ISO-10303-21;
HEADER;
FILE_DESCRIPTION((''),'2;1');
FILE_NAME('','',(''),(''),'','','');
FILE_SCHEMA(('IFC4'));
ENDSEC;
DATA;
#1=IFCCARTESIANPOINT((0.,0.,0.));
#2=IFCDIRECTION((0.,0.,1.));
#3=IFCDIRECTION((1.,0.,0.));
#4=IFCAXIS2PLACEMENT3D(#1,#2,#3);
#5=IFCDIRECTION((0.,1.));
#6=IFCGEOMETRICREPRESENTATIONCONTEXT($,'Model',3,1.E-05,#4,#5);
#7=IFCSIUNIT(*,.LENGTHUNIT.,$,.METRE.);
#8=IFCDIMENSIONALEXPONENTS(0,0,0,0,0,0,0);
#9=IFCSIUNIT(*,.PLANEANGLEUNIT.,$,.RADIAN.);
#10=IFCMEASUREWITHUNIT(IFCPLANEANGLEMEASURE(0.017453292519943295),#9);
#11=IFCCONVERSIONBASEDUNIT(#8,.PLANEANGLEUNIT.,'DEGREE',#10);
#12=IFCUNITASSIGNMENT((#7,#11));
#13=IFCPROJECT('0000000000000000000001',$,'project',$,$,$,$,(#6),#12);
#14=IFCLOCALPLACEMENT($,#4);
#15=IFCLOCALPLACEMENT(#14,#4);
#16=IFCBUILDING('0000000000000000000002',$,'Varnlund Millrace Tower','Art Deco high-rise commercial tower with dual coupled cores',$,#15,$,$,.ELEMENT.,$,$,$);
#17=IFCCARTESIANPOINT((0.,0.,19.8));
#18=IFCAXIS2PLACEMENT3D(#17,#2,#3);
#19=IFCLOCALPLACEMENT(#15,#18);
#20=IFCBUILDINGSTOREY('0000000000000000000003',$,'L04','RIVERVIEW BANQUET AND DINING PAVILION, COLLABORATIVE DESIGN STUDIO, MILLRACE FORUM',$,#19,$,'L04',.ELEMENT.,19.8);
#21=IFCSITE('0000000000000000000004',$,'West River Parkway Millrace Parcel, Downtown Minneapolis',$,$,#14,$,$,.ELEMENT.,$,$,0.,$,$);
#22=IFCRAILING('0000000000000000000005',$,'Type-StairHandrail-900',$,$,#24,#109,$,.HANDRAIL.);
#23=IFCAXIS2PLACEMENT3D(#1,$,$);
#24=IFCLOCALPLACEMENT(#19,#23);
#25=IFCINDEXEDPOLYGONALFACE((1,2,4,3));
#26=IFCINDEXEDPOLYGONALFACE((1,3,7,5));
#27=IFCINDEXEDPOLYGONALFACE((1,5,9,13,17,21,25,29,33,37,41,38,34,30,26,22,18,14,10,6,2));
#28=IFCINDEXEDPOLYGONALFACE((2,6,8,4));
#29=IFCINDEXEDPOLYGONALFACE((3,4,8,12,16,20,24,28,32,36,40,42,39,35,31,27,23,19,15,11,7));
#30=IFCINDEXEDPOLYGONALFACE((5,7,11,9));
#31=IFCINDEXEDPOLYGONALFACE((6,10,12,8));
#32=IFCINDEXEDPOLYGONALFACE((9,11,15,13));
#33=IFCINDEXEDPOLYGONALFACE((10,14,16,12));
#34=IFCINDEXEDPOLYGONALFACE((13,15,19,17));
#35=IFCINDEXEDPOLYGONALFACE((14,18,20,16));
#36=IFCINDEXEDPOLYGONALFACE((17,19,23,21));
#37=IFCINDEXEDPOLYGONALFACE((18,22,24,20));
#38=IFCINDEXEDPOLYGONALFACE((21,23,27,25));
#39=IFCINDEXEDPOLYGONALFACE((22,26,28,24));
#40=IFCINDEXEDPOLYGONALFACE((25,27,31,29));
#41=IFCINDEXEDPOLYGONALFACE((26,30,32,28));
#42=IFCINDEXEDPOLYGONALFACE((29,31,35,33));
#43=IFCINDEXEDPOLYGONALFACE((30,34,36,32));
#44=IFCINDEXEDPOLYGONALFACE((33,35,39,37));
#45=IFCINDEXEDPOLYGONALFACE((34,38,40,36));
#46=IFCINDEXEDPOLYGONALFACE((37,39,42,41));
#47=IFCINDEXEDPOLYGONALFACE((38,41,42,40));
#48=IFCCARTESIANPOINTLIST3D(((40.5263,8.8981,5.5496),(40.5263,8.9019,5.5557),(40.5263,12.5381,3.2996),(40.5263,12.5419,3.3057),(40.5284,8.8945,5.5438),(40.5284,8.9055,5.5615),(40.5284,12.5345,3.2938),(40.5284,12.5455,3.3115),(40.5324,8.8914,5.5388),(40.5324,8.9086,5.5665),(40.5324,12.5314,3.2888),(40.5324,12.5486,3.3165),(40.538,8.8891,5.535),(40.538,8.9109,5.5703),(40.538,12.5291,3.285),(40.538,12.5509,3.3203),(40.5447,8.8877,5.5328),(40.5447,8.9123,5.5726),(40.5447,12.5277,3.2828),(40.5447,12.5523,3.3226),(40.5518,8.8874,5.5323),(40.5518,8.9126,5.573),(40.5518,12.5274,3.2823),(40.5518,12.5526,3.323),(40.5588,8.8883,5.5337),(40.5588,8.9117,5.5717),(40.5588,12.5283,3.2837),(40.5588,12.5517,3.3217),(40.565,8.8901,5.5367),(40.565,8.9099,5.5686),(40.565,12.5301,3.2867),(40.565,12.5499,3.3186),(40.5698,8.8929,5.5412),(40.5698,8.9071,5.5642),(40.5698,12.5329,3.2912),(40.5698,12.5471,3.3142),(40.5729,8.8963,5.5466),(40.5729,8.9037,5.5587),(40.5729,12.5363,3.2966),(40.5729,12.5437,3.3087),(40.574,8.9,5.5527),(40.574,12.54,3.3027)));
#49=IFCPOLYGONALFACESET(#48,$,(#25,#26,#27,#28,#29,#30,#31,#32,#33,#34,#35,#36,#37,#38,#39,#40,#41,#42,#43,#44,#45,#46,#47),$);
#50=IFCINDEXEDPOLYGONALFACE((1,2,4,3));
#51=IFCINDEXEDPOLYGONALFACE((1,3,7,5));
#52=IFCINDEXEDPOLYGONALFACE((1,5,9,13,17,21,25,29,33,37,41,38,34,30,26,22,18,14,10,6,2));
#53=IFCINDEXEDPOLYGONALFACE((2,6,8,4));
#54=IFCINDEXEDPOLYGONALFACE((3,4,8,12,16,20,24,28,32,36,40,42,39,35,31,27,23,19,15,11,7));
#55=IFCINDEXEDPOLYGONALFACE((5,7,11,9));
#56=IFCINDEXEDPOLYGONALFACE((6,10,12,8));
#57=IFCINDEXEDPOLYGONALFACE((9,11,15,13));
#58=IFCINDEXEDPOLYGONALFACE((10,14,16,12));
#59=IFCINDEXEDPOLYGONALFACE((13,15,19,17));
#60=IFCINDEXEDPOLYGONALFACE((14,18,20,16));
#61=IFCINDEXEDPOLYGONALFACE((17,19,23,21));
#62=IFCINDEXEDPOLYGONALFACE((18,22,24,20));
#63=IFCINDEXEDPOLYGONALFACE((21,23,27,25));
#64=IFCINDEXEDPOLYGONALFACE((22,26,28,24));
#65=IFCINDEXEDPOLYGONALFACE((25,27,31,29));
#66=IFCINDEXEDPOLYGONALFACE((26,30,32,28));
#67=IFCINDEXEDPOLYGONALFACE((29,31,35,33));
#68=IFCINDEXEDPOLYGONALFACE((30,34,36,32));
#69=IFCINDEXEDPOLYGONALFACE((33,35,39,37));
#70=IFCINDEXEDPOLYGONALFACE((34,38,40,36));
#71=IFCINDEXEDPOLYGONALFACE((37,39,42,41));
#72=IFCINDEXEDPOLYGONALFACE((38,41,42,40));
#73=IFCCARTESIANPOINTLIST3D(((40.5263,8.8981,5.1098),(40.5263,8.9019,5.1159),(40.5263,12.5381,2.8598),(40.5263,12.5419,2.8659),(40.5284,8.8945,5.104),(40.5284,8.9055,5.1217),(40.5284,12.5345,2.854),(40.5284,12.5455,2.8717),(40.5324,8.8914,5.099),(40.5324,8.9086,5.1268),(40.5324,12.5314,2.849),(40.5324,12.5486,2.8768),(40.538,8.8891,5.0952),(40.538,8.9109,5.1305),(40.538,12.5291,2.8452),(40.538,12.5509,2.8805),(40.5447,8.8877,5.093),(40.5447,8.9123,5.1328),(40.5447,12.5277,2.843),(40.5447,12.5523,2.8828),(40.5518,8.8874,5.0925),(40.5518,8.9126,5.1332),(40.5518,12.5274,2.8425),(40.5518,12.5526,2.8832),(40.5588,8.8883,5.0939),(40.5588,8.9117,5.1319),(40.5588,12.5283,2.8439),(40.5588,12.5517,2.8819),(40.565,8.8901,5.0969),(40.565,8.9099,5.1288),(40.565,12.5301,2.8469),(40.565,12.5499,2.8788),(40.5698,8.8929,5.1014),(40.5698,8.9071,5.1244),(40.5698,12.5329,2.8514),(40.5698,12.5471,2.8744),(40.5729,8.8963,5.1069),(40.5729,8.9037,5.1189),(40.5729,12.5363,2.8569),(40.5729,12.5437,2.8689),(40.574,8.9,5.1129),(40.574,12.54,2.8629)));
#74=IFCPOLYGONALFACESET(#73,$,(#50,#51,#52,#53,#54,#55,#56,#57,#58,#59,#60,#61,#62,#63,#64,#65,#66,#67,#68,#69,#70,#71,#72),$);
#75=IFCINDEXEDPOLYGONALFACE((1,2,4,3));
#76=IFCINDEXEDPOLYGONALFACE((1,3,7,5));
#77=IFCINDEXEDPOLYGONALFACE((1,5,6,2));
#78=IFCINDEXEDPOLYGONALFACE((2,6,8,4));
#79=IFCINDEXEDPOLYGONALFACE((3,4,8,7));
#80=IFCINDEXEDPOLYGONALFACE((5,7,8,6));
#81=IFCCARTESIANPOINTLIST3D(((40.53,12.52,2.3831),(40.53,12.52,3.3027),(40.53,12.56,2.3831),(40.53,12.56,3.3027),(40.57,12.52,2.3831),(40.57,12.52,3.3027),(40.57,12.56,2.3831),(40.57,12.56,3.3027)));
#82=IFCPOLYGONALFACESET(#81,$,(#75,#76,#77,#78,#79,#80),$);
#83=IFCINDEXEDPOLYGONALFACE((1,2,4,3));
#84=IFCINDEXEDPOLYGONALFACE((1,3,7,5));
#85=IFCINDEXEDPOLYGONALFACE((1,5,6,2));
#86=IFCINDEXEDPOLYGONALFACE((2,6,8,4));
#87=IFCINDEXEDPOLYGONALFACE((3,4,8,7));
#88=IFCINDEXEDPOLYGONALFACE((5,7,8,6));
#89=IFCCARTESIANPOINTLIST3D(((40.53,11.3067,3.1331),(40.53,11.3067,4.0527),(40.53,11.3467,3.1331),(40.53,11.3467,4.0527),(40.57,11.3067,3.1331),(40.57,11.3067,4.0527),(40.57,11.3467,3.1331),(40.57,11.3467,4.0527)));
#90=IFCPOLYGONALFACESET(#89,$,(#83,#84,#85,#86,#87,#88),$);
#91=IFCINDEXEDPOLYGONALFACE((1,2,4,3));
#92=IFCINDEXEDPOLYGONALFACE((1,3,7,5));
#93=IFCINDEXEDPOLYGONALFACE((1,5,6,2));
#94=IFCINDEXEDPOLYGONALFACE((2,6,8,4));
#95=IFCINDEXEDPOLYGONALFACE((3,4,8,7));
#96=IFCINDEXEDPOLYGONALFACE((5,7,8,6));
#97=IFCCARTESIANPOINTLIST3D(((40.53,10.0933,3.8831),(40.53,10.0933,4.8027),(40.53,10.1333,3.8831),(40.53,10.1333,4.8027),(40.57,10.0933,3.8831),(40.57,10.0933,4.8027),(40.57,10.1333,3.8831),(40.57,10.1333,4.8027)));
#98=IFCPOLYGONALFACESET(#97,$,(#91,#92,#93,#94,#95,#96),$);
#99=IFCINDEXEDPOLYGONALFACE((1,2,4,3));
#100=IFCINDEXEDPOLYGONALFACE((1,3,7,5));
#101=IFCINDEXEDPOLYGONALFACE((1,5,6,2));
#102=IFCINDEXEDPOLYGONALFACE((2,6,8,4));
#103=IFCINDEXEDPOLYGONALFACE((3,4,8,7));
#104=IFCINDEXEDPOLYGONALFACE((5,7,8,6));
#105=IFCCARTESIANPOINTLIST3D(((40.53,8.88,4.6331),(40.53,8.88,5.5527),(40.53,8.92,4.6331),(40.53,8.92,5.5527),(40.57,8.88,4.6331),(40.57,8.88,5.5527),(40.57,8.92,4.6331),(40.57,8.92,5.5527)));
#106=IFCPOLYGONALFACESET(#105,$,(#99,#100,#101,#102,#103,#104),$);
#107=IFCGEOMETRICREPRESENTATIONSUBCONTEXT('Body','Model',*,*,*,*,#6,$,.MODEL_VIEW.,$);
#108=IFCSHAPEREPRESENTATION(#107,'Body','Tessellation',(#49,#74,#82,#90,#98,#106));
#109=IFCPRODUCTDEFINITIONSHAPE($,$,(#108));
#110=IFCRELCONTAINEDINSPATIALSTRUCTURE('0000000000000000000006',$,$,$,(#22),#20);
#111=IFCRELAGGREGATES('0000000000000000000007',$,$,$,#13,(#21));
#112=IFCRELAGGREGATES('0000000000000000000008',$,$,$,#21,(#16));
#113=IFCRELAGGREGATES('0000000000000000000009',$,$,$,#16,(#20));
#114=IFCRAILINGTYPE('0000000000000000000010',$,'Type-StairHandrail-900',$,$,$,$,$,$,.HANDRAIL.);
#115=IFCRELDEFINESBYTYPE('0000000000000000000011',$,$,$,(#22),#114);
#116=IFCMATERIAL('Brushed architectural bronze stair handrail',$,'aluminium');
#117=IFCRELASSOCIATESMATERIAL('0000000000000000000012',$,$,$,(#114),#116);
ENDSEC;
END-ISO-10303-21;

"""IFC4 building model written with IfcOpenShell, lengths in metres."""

from ifc_helpers import new_model, entity, si_unit, converted_unit, direction, frame, origin_with_axes, origin_2d_with_axis, place, context, subcontext, project, spatial, rectangle, circle, extrude, material, type_object, element, save


model = new_model("IFC4")

# Units and contexts
model_context = context("Model", 3, precision=1e-05, world=origin_with_axes(), true_north=direction((0.0, 1.0)))
body_context = subcontext(model_context, "Body", "Model", "MODEL_VIEW")
ifc_project = project(units=[si_unit("LENGTHUNIT", "METRE"), converted_unit("PLANEANGLEUNIT", "DEGREE", entity("IfcPlaneAngleMeasure", 0.017453292519943295), si_unit("PLANEANGLEUNIT", "RADIAN"), dimensions=[0, 0, 0, 0, 0, 0, 0])], contexts=[model_context])

# Site, building, storey
site_placement = place(None, origin_with_axes())
site = spatial("IfcSite", under=ifc_project, at=site_placement, Name="West River Parkway Millrace Parcel, Downtown Minneapolis", CompositionType="ELEMENT", RefElevation=0.0)
building_placement = place(site_placement, origin_with_axes())
building = spatial("IfcBuilding", under=site, at=building_placement, Name="Varnlund Millrace Tower", Description="Art Deco high-rise commercial tower with dual coupled cores", CompositionType="ELEMENT")
storey_placement = place(building_placement, frame((0.0, 0.0, 19.8), z_axis=(0.0, 0.0, 1.0), x_axis=(1.0, 0.0, 0.0)))
storey = spatial("IfcBuildingStorey", under=building, at=storey_placement, Name="L04", Description="RIVERVIEW BANQUET AND DINING PAVILION, COLLABORATIVE DESIGN STUDIO, MILLRACE FORUM", LongName="L04", CompositionType="ELEMENT", Elevation=19.8)

# Railing
ifc_material_1 = material(Name="Brushed architectural bronze stair handrail", Category="aluminium")
railing_type_1 = type_object("IfcRailingType", Name="Type-StairHandrail-900", PredefinedType="HANDRAIL", material=ifc_material_1)
railing_1_placement = place(storey_placement, frame((0.0, 0.0, -19.8), z_axis=(0.0, 0.0, 1.0), x_axis=(1.0, 0.0, 0.0)))
element("IfcRailing", 1, at=railing_1_placement, inside=storey, type_object=railing_type_1, Name="Type-StairHandrail-900", PredefinedType="HANDRAIL", context=body_context, shape_type="SweptSolid", body=[
    extrude(circle(Radius=0.024, at=origin_2d_with_axis()), frame((40.55, 12.54, 23.1027), z_axis=(0.0, -0.850614, 0.525791), x_axis=(1.0, 0.0, 0.0)), (0.0, 0.0, 1.0), 4.2793),
    extrude(circle(Radius=0.024, at=origin_2d_with_axis()), frame((40.55, 12.54, 22.6629), z_axis=(0.0, -0.850614, 0.525791), x_axis=(1.0, 0.0, 0.0)), (0.0, 0.0, 1.0), 4.2793),
    extrude(rectangle(XDim=0.04, YDim=0.04, at=origin_2d_with_axis()), frame((40.55, 12.54, 22.1831), z_axis=(0.0, 0.0, 1.0), x_axis=(1.0, 0.0, 0.0)), (0.0, 0.0, 1.0), 0.9196),
    extrude(rectangle(XDim=0.04, YDim=0.04, at=origin_2d_with_axis()), frame((40.55, 11.3267, 22.9331), z_axis=(0.0, 0.0, 1.0), x_axis=(1.0, 0.0, 0.0)), (0.0, 0.0, 1.0), 0.9196),
    extrude(rectangle(XDim=0.04, YDim=0.04, at=origin_2d_with_axis()), frame((40.55, 10.1133, 23.6831), z_axis=(0.0, 0.0, 1.0), x_axis=(1.0, 0.0, 0.0)), (0.0, 0.0, 1.0), 0.9196),
    extrude(rectangle(XDim=0.04, YDim=0.04, at=origin_2d_with_axis()), frame((40.55, 8.9, 24.4331), z_axis=(0.0, 0.0, 1.0), x_axis=(1.0, 0.0, 0.0)), (0.0, 0.0, 1.0), 0.9196),
])

save(model, "model.ifc")
